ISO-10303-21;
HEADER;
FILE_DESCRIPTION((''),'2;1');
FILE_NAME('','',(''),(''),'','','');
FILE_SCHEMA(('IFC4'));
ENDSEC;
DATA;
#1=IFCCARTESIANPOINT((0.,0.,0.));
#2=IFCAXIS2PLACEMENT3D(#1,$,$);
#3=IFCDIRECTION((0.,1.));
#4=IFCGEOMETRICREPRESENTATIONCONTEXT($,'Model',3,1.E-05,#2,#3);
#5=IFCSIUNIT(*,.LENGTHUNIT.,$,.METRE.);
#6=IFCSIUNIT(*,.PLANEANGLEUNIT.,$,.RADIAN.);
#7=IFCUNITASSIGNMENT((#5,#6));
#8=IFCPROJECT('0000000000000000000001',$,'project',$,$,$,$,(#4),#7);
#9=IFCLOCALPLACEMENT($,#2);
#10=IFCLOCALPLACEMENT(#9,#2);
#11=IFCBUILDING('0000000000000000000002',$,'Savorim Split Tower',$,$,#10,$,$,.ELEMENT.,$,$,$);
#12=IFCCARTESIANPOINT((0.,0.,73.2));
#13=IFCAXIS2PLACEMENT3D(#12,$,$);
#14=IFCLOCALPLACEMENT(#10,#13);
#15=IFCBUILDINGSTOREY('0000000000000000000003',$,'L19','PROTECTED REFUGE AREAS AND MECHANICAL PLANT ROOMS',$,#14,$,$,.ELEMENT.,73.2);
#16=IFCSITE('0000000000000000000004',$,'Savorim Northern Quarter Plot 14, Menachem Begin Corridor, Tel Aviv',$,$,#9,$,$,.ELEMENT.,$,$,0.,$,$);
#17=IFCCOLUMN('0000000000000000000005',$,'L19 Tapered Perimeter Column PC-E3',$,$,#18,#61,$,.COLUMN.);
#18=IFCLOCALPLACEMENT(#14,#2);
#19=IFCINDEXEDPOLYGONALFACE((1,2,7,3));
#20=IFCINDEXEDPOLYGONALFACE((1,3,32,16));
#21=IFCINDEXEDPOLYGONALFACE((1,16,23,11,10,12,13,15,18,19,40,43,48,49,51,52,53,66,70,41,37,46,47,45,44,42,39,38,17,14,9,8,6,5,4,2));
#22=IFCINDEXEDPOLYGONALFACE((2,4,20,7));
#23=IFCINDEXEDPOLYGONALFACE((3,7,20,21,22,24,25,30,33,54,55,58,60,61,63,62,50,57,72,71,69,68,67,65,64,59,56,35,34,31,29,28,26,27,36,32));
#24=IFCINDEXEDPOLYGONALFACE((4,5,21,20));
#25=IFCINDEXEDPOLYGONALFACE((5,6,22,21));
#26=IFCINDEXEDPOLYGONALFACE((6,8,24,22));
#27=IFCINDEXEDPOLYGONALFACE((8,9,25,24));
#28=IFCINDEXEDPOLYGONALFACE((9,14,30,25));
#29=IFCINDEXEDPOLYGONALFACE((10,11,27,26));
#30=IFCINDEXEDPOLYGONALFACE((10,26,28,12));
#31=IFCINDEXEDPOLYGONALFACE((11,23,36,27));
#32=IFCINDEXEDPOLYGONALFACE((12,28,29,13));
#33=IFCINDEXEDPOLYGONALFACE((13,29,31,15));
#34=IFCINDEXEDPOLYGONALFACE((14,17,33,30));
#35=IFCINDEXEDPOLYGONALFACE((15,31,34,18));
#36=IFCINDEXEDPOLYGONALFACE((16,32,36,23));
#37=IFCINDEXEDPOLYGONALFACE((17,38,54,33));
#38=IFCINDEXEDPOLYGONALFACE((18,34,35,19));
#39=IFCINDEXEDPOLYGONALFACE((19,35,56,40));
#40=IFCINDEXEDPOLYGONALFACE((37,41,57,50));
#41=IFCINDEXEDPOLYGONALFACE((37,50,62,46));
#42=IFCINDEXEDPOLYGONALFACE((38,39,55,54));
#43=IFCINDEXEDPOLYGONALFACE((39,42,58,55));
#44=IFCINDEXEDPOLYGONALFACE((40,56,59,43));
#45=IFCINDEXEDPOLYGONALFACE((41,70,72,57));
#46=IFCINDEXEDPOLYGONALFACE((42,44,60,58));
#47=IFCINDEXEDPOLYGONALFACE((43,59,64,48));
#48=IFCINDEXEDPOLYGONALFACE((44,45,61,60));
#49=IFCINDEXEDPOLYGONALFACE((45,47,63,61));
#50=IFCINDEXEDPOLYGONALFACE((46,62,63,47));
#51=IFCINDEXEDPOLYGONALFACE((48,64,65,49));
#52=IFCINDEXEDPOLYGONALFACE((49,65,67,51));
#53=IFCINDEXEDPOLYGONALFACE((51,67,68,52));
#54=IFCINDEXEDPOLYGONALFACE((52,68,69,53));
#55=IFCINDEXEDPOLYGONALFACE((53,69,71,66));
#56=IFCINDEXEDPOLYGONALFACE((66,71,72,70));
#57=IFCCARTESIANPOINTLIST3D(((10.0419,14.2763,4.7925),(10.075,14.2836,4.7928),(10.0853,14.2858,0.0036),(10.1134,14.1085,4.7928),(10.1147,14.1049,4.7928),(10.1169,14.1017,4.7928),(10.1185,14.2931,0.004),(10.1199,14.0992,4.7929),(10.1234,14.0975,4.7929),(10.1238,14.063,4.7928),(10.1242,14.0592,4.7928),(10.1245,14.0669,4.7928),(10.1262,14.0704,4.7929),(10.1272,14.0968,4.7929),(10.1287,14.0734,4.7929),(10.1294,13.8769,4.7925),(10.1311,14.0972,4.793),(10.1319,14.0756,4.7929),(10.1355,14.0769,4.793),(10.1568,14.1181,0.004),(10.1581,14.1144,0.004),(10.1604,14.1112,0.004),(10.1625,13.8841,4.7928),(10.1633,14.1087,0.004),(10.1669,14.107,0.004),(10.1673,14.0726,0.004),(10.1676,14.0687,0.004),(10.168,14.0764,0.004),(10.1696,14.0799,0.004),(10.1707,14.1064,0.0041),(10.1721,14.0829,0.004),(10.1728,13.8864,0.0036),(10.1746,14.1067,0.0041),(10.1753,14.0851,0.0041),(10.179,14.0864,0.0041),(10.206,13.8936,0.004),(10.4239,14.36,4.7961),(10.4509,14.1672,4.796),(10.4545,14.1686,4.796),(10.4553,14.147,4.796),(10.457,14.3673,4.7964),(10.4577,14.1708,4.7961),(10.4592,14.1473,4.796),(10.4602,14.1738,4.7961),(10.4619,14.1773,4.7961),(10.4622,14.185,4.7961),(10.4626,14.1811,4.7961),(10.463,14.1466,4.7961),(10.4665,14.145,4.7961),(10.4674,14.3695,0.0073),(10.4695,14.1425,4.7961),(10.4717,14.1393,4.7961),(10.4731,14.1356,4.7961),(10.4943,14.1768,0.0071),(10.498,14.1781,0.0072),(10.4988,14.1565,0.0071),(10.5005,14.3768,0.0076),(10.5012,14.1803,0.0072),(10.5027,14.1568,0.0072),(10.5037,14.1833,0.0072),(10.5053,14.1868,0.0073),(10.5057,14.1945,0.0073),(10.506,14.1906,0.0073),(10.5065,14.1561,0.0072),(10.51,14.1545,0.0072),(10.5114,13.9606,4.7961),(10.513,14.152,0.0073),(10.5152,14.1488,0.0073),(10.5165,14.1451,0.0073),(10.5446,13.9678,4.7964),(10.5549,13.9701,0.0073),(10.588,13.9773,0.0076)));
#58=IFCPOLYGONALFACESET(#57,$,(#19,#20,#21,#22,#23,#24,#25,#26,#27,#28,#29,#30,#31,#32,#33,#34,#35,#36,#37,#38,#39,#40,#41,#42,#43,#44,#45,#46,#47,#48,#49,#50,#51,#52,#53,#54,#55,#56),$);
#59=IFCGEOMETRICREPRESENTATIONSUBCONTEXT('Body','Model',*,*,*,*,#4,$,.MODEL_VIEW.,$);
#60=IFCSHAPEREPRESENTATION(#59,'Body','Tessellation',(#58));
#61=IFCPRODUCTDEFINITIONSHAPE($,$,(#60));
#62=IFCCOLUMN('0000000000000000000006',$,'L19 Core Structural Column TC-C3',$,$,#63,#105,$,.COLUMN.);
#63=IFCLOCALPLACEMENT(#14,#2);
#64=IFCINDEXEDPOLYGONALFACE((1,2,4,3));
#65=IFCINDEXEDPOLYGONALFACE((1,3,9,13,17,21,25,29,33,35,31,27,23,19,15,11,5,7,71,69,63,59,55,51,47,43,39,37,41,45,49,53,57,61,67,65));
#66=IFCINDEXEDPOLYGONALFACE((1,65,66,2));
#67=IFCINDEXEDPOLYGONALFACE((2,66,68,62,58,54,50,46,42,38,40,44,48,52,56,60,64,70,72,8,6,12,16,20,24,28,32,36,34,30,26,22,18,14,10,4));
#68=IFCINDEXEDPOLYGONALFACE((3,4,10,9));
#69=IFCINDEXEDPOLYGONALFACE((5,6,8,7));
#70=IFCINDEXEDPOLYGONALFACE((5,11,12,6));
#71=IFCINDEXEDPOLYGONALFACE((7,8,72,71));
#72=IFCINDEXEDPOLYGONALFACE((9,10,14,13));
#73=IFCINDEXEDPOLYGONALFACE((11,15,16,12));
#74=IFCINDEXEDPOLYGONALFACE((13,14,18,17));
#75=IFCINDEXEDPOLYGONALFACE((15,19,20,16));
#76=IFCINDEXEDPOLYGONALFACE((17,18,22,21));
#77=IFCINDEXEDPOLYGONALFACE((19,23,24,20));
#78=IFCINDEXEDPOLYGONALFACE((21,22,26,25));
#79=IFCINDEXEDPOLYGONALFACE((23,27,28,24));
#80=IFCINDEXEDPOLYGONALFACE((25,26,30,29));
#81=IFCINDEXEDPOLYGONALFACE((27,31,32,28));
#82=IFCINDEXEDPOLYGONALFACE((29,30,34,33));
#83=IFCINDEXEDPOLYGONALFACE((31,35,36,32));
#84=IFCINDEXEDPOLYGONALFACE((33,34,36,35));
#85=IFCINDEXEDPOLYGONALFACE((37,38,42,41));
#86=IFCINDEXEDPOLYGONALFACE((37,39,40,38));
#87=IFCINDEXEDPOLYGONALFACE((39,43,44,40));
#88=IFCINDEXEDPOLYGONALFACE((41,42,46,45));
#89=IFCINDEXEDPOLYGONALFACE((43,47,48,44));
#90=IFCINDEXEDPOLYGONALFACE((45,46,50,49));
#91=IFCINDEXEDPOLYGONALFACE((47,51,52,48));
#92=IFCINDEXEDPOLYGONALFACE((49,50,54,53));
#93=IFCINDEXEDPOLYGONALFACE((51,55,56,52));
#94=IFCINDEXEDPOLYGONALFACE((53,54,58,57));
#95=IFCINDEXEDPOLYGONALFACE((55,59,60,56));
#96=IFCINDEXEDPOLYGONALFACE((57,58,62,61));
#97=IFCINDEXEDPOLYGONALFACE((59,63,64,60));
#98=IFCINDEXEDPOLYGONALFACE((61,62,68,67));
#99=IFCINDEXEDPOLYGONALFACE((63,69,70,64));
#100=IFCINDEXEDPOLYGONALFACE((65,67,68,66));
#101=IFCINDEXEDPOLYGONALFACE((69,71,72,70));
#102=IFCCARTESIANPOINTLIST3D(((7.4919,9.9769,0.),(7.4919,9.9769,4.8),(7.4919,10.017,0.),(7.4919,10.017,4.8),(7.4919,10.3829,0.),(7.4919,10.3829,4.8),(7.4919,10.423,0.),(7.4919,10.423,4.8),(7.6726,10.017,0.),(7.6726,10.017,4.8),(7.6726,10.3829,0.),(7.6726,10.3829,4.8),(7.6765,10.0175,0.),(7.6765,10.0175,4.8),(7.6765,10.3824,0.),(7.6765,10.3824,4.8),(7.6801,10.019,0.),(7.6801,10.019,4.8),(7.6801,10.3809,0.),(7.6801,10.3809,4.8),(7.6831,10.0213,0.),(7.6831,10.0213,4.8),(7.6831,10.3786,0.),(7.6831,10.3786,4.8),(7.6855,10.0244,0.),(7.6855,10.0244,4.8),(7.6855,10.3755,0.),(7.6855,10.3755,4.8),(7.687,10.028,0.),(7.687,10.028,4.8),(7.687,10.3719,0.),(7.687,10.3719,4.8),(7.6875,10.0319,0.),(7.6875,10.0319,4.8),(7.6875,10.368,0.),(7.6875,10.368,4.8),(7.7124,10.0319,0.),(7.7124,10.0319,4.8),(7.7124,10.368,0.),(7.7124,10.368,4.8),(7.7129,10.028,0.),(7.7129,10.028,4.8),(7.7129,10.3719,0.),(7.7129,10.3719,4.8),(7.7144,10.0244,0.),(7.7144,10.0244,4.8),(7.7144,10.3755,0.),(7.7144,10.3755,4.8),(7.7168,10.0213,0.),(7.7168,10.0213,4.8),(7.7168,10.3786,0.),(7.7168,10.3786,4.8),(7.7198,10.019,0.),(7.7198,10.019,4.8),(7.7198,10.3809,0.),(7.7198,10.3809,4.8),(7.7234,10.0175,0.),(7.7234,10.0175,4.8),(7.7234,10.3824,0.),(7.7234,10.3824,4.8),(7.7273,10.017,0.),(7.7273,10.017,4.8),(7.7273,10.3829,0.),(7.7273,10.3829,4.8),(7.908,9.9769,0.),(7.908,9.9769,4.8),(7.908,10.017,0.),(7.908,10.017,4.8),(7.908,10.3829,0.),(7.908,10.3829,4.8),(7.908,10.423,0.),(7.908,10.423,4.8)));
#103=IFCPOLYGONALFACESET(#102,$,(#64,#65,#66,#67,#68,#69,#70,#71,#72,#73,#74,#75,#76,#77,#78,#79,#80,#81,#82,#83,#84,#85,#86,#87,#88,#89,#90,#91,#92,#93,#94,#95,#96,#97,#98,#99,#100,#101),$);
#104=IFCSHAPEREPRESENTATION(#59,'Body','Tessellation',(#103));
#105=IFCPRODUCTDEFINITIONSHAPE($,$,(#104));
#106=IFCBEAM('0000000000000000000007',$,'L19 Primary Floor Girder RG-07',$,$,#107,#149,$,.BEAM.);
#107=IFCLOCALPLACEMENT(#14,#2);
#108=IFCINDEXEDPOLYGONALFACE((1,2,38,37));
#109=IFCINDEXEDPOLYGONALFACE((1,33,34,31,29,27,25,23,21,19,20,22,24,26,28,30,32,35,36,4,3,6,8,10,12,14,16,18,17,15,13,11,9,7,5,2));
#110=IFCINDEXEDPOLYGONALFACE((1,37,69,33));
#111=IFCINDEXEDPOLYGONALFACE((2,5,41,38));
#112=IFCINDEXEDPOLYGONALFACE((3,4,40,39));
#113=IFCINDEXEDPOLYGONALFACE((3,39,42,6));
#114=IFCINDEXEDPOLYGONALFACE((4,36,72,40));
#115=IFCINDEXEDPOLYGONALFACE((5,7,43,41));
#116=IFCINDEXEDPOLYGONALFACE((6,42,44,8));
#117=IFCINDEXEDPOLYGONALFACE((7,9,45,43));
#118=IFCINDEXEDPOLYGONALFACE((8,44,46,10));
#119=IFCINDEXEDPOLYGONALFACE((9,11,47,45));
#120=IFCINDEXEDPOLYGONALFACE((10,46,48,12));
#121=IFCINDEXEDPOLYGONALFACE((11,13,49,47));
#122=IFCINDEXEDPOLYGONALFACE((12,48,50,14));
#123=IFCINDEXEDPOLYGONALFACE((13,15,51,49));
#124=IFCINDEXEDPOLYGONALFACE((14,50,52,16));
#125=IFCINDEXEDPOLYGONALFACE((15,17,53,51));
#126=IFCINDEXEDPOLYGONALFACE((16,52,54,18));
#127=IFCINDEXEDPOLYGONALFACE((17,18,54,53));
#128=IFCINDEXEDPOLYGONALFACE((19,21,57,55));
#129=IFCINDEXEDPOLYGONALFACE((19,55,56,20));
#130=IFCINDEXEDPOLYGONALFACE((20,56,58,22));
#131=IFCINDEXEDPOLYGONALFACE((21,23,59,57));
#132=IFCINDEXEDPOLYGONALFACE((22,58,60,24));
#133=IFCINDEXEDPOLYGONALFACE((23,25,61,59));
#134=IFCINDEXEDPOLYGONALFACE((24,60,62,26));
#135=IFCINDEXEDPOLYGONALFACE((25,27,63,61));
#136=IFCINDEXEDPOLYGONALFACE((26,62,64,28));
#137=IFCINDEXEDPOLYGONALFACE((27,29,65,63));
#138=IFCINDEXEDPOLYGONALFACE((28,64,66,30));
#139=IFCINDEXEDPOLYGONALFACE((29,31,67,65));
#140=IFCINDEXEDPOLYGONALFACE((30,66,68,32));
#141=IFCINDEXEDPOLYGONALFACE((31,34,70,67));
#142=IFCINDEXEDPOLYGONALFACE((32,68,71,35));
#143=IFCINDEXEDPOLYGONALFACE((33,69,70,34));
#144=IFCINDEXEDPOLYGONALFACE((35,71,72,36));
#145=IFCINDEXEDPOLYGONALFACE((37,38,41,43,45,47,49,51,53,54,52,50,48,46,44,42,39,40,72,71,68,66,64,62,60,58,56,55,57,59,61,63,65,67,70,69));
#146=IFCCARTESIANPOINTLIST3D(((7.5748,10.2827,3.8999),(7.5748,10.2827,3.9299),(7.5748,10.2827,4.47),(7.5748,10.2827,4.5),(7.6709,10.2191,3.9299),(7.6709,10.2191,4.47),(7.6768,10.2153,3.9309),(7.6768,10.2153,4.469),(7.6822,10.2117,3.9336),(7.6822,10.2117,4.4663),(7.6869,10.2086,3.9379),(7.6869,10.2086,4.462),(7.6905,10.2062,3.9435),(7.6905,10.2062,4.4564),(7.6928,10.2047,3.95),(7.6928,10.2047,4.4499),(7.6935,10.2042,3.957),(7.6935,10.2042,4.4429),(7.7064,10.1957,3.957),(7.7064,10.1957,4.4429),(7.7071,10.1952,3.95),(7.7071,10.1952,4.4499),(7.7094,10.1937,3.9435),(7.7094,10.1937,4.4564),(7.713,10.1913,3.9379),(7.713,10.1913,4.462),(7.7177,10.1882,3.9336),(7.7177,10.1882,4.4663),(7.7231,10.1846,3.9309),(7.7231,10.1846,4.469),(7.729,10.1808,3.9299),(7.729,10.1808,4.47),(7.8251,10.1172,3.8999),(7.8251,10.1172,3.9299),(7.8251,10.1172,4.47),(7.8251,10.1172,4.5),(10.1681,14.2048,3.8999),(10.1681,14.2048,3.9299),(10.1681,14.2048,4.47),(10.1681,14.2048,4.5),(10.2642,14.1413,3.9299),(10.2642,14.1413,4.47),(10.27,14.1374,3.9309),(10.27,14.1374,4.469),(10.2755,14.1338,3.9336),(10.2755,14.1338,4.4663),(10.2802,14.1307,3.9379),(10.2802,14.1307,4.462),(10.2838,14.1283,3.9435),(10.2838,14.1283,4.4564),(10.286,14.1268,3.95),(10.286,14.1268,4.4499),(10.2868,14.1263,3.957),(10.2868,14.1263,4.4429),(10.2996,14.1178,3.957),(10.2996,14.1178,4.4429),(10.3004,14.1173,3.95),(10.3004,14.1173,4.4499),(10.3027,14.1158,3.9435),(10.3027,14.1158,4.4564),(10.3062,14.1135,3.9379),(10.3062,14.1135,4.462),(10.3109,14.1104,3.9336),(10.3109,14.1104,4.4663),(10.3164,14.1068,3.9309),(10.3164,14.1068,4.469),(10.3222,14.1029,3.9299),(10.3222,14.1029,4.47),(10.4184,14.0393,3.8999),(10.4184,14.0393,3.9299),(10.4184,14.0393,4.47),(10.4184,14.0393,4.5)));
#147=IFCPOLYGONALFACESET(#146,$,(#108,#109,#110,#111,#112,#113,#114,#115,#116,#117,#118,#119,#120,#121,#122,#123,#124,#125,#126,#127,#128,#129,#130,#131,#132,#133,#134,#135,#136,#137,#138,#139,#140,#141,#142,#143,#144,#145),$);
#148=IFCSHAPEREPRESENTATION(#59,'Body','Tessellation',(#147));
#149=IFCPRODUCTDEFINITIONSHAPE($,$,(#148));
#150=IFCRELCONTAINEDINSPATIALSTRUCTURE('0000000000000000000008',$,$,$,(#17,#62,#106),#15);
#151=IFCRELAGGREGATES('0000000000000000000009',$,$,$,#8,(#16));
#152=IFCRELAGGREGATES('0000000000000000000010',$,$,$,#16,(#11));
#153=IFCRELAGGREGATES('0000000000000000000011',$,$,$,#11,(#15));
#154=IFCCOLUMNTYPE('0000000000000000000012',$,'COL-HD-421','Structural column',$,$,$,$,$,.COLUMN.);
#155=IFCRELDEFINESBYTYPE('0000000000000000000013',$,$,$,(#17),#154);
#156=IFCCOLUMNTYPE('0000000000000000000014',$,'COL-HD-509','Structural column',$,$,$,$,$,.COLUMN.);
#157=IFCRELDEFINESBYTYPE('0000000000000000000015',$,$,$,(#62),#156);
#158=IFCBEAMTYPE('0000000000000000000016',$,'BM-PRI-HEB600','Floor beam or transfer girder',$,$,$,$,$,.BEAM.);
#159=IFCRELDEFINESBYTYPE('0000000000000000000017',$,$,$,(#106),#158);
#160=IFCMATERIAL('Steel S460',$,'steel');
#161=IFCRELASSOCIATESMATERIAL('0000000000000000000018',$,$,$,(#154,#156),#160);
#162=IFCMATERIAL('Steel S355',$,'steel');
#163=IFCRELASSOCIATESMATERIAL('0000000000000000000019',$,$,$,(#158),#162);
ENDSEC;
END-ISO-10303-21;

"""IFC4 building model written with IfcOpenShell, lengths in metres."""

from ifc_helpers import new_model, si_unit, direction, frame, origin, origin_2d, place, context, subcontext, project, spatial, i_section, extrude, material, material_profile, profile_set, type_object, element, save


model = new_model("IFC4")

# Units and contexts
model_context = context("Model", 3, precision=1e-05, world=origin(), true_north=direction((0.0, 1.0)))
body_context = subcontext(model_context, "Body", "Model", "MODEL_VIEW")
ifc_project = project(units=[si_unit("LENGTHUNIT", "METRE"), si_unit("PLANEANGLEUNIT", "RADIAN")], contexts=[model_context])

# Site, building, storey
site_placement = place(None, origin())
site = spatial("IfcSite", under=ifc_project, at=site_placement, Name="Savorim Northern Quarter Plot 14, Menachem Begin Corridor, Tel Aviv", CompositionType="ELEMENT", RefElevation=0.0)
building_placement = place(site_placement, origin())
building = spatial("IfcBuilding", under=site, at=building_placement, Name="Savorim Split Tower", CompositionType="ELEMENT")
storey_placement = place(building_placement, frame((0.0, 0.0, 73.2)))
storey = spatial("IfcBuildingStorey", under=building, at=storey_placement, Name="L19", Description="PROTECTED REFUGE AREAS AND MECHANICAL PLANT ROOMS", CompositionType="ELEMENT", Elevation=73.2)

# Columns
ifc_material_1 = material(Name="Steel S460", Category="steel")
ifc_material_profile_1 = material_profile(ifc_material_1, i_section(OverallWidth=0.4089, OverallDepth=0.425, WebThickness=0.0208, FlangeThickness=0.0339, FilletRadius=0.0149, at=origin_2d()), Name="HD 400x421")
ifc_profile_set_1 = profile_set([ifc_material_profile_1], Name="Steel S460")
column_type_1 = type_object("IfcColumnType", Name="COL-HD-421", Description="Structural column", PredefinedType="COLUMN", material=ifc_profile_set_1)
column_1_placement = place(storey_placement, frame((10.3367, 14.1316, 0.0056), z_axis=(-0.009074, -0.001988, 0.999957), x_axis=(0.214024, -0.976828, 0.0)))
element("IfcColumn", 1, at=column_1_placement, inside=storey, type_object=column_type_1, Name="L19 Tapered Perimeter Column PC-E3", PredefinedType="COLUMN", context=body_context, shape_type="SweptSolid", body=[
    extrude(i_section(OverallWidth=0.4089, OverallDepth=0.425, WebThickness=0.0208, FlangeThickness=0.0339, FilletRadius=0.0149, at=origin_2d()), origin(), (0.0, 0.0, 1.0), 4.7891),
])
ifc_material_profile_2 = material_profile(ifc_material_1, i_section(OverallWidth=0.416, OverallDepth=0.446, WebThickness=0.0249, FlangeThickness=0.04, FilletRadius=0.0149, at=origin_2d()), Name="HD 400x509")
ifc_profile_set_2 = profile_set([ifc_material_profile_2], Name="Steel S460")
column_type_2 = type_object("IfcColumnType", Name="COL-HD-509", Description="Structural column", PredefinedType="COLUMN", material=ifc_profile_set_2)
column_2_placement = place(storey_placement, frame((7.7, 10.2, 0.0), z_axis=(0.0, 0.0, 1.0), x_axis=(1.0, 0.0, 0.0)))
element("IfcColumn", 2, at=column_2_placement, inside=storey, type_object=column_type_2, Name="L19 Core Structural Column TC-C3", PredefinedType="COLUMN", context=body_context, shape_type="SweptSolid", body=[
    extrude(i_section(OverallWidth=0.416, OverallDepth=0.446, WebThickness=0.0249, FlangeThickness=0.04, FilletRadius=0.0149, at=origin_2d()), origin(), (0.0, 0.0, 1.0), 4.8),
])

# Beam
ifc_material_2 = material(Name="Steel S355", Category="steel")
ifc_material_profile_3 = material_profile(ifc_material_2, i_section(OverallWidth=0.3, OverallDepth=0.6001, WebThickness=0.0154, FlangeThickness=0.03, FilletRadius=0.0271, at=origin_2d()), Name="HEB 600")
ifc_profile_set_3 = profile_set([ifc_material_profile_3], Name="Steel S355")
beam_type_1 = type_object("IfcBeamType", Name="BM-PRI-HEB600", Description="Floor beam or transfer girder", PredefinedType="BEAM", material=ifc_profile_set_3)
beam_1_placement = place(storey_placement, frame((10.2932, 14.1221, 4.2), z_axis=(-0.551533, -0.834153, 0.0), x_axis=(0.834153, -0.551533, 0.0)))
element("IfcBeam", 3, at=beam_1_placement, inside=storey, type_object=beam_type_1, Name="L19 Primary Floor Girder RG-07", PredefinedType="BEAM", context=body_context, shape_type="SweptSolid", body=[
    extrude(i_section(OverallWidth=0.3, OverallDepth=0.6001, WebThickness=0.0154, FlangeThickness=0.03, FilletRadius=0.0271, at=origin_2d()), origin(), (0.0, 0.0, 1.0), 4.7019),
])

save(model, "model.ifc")
